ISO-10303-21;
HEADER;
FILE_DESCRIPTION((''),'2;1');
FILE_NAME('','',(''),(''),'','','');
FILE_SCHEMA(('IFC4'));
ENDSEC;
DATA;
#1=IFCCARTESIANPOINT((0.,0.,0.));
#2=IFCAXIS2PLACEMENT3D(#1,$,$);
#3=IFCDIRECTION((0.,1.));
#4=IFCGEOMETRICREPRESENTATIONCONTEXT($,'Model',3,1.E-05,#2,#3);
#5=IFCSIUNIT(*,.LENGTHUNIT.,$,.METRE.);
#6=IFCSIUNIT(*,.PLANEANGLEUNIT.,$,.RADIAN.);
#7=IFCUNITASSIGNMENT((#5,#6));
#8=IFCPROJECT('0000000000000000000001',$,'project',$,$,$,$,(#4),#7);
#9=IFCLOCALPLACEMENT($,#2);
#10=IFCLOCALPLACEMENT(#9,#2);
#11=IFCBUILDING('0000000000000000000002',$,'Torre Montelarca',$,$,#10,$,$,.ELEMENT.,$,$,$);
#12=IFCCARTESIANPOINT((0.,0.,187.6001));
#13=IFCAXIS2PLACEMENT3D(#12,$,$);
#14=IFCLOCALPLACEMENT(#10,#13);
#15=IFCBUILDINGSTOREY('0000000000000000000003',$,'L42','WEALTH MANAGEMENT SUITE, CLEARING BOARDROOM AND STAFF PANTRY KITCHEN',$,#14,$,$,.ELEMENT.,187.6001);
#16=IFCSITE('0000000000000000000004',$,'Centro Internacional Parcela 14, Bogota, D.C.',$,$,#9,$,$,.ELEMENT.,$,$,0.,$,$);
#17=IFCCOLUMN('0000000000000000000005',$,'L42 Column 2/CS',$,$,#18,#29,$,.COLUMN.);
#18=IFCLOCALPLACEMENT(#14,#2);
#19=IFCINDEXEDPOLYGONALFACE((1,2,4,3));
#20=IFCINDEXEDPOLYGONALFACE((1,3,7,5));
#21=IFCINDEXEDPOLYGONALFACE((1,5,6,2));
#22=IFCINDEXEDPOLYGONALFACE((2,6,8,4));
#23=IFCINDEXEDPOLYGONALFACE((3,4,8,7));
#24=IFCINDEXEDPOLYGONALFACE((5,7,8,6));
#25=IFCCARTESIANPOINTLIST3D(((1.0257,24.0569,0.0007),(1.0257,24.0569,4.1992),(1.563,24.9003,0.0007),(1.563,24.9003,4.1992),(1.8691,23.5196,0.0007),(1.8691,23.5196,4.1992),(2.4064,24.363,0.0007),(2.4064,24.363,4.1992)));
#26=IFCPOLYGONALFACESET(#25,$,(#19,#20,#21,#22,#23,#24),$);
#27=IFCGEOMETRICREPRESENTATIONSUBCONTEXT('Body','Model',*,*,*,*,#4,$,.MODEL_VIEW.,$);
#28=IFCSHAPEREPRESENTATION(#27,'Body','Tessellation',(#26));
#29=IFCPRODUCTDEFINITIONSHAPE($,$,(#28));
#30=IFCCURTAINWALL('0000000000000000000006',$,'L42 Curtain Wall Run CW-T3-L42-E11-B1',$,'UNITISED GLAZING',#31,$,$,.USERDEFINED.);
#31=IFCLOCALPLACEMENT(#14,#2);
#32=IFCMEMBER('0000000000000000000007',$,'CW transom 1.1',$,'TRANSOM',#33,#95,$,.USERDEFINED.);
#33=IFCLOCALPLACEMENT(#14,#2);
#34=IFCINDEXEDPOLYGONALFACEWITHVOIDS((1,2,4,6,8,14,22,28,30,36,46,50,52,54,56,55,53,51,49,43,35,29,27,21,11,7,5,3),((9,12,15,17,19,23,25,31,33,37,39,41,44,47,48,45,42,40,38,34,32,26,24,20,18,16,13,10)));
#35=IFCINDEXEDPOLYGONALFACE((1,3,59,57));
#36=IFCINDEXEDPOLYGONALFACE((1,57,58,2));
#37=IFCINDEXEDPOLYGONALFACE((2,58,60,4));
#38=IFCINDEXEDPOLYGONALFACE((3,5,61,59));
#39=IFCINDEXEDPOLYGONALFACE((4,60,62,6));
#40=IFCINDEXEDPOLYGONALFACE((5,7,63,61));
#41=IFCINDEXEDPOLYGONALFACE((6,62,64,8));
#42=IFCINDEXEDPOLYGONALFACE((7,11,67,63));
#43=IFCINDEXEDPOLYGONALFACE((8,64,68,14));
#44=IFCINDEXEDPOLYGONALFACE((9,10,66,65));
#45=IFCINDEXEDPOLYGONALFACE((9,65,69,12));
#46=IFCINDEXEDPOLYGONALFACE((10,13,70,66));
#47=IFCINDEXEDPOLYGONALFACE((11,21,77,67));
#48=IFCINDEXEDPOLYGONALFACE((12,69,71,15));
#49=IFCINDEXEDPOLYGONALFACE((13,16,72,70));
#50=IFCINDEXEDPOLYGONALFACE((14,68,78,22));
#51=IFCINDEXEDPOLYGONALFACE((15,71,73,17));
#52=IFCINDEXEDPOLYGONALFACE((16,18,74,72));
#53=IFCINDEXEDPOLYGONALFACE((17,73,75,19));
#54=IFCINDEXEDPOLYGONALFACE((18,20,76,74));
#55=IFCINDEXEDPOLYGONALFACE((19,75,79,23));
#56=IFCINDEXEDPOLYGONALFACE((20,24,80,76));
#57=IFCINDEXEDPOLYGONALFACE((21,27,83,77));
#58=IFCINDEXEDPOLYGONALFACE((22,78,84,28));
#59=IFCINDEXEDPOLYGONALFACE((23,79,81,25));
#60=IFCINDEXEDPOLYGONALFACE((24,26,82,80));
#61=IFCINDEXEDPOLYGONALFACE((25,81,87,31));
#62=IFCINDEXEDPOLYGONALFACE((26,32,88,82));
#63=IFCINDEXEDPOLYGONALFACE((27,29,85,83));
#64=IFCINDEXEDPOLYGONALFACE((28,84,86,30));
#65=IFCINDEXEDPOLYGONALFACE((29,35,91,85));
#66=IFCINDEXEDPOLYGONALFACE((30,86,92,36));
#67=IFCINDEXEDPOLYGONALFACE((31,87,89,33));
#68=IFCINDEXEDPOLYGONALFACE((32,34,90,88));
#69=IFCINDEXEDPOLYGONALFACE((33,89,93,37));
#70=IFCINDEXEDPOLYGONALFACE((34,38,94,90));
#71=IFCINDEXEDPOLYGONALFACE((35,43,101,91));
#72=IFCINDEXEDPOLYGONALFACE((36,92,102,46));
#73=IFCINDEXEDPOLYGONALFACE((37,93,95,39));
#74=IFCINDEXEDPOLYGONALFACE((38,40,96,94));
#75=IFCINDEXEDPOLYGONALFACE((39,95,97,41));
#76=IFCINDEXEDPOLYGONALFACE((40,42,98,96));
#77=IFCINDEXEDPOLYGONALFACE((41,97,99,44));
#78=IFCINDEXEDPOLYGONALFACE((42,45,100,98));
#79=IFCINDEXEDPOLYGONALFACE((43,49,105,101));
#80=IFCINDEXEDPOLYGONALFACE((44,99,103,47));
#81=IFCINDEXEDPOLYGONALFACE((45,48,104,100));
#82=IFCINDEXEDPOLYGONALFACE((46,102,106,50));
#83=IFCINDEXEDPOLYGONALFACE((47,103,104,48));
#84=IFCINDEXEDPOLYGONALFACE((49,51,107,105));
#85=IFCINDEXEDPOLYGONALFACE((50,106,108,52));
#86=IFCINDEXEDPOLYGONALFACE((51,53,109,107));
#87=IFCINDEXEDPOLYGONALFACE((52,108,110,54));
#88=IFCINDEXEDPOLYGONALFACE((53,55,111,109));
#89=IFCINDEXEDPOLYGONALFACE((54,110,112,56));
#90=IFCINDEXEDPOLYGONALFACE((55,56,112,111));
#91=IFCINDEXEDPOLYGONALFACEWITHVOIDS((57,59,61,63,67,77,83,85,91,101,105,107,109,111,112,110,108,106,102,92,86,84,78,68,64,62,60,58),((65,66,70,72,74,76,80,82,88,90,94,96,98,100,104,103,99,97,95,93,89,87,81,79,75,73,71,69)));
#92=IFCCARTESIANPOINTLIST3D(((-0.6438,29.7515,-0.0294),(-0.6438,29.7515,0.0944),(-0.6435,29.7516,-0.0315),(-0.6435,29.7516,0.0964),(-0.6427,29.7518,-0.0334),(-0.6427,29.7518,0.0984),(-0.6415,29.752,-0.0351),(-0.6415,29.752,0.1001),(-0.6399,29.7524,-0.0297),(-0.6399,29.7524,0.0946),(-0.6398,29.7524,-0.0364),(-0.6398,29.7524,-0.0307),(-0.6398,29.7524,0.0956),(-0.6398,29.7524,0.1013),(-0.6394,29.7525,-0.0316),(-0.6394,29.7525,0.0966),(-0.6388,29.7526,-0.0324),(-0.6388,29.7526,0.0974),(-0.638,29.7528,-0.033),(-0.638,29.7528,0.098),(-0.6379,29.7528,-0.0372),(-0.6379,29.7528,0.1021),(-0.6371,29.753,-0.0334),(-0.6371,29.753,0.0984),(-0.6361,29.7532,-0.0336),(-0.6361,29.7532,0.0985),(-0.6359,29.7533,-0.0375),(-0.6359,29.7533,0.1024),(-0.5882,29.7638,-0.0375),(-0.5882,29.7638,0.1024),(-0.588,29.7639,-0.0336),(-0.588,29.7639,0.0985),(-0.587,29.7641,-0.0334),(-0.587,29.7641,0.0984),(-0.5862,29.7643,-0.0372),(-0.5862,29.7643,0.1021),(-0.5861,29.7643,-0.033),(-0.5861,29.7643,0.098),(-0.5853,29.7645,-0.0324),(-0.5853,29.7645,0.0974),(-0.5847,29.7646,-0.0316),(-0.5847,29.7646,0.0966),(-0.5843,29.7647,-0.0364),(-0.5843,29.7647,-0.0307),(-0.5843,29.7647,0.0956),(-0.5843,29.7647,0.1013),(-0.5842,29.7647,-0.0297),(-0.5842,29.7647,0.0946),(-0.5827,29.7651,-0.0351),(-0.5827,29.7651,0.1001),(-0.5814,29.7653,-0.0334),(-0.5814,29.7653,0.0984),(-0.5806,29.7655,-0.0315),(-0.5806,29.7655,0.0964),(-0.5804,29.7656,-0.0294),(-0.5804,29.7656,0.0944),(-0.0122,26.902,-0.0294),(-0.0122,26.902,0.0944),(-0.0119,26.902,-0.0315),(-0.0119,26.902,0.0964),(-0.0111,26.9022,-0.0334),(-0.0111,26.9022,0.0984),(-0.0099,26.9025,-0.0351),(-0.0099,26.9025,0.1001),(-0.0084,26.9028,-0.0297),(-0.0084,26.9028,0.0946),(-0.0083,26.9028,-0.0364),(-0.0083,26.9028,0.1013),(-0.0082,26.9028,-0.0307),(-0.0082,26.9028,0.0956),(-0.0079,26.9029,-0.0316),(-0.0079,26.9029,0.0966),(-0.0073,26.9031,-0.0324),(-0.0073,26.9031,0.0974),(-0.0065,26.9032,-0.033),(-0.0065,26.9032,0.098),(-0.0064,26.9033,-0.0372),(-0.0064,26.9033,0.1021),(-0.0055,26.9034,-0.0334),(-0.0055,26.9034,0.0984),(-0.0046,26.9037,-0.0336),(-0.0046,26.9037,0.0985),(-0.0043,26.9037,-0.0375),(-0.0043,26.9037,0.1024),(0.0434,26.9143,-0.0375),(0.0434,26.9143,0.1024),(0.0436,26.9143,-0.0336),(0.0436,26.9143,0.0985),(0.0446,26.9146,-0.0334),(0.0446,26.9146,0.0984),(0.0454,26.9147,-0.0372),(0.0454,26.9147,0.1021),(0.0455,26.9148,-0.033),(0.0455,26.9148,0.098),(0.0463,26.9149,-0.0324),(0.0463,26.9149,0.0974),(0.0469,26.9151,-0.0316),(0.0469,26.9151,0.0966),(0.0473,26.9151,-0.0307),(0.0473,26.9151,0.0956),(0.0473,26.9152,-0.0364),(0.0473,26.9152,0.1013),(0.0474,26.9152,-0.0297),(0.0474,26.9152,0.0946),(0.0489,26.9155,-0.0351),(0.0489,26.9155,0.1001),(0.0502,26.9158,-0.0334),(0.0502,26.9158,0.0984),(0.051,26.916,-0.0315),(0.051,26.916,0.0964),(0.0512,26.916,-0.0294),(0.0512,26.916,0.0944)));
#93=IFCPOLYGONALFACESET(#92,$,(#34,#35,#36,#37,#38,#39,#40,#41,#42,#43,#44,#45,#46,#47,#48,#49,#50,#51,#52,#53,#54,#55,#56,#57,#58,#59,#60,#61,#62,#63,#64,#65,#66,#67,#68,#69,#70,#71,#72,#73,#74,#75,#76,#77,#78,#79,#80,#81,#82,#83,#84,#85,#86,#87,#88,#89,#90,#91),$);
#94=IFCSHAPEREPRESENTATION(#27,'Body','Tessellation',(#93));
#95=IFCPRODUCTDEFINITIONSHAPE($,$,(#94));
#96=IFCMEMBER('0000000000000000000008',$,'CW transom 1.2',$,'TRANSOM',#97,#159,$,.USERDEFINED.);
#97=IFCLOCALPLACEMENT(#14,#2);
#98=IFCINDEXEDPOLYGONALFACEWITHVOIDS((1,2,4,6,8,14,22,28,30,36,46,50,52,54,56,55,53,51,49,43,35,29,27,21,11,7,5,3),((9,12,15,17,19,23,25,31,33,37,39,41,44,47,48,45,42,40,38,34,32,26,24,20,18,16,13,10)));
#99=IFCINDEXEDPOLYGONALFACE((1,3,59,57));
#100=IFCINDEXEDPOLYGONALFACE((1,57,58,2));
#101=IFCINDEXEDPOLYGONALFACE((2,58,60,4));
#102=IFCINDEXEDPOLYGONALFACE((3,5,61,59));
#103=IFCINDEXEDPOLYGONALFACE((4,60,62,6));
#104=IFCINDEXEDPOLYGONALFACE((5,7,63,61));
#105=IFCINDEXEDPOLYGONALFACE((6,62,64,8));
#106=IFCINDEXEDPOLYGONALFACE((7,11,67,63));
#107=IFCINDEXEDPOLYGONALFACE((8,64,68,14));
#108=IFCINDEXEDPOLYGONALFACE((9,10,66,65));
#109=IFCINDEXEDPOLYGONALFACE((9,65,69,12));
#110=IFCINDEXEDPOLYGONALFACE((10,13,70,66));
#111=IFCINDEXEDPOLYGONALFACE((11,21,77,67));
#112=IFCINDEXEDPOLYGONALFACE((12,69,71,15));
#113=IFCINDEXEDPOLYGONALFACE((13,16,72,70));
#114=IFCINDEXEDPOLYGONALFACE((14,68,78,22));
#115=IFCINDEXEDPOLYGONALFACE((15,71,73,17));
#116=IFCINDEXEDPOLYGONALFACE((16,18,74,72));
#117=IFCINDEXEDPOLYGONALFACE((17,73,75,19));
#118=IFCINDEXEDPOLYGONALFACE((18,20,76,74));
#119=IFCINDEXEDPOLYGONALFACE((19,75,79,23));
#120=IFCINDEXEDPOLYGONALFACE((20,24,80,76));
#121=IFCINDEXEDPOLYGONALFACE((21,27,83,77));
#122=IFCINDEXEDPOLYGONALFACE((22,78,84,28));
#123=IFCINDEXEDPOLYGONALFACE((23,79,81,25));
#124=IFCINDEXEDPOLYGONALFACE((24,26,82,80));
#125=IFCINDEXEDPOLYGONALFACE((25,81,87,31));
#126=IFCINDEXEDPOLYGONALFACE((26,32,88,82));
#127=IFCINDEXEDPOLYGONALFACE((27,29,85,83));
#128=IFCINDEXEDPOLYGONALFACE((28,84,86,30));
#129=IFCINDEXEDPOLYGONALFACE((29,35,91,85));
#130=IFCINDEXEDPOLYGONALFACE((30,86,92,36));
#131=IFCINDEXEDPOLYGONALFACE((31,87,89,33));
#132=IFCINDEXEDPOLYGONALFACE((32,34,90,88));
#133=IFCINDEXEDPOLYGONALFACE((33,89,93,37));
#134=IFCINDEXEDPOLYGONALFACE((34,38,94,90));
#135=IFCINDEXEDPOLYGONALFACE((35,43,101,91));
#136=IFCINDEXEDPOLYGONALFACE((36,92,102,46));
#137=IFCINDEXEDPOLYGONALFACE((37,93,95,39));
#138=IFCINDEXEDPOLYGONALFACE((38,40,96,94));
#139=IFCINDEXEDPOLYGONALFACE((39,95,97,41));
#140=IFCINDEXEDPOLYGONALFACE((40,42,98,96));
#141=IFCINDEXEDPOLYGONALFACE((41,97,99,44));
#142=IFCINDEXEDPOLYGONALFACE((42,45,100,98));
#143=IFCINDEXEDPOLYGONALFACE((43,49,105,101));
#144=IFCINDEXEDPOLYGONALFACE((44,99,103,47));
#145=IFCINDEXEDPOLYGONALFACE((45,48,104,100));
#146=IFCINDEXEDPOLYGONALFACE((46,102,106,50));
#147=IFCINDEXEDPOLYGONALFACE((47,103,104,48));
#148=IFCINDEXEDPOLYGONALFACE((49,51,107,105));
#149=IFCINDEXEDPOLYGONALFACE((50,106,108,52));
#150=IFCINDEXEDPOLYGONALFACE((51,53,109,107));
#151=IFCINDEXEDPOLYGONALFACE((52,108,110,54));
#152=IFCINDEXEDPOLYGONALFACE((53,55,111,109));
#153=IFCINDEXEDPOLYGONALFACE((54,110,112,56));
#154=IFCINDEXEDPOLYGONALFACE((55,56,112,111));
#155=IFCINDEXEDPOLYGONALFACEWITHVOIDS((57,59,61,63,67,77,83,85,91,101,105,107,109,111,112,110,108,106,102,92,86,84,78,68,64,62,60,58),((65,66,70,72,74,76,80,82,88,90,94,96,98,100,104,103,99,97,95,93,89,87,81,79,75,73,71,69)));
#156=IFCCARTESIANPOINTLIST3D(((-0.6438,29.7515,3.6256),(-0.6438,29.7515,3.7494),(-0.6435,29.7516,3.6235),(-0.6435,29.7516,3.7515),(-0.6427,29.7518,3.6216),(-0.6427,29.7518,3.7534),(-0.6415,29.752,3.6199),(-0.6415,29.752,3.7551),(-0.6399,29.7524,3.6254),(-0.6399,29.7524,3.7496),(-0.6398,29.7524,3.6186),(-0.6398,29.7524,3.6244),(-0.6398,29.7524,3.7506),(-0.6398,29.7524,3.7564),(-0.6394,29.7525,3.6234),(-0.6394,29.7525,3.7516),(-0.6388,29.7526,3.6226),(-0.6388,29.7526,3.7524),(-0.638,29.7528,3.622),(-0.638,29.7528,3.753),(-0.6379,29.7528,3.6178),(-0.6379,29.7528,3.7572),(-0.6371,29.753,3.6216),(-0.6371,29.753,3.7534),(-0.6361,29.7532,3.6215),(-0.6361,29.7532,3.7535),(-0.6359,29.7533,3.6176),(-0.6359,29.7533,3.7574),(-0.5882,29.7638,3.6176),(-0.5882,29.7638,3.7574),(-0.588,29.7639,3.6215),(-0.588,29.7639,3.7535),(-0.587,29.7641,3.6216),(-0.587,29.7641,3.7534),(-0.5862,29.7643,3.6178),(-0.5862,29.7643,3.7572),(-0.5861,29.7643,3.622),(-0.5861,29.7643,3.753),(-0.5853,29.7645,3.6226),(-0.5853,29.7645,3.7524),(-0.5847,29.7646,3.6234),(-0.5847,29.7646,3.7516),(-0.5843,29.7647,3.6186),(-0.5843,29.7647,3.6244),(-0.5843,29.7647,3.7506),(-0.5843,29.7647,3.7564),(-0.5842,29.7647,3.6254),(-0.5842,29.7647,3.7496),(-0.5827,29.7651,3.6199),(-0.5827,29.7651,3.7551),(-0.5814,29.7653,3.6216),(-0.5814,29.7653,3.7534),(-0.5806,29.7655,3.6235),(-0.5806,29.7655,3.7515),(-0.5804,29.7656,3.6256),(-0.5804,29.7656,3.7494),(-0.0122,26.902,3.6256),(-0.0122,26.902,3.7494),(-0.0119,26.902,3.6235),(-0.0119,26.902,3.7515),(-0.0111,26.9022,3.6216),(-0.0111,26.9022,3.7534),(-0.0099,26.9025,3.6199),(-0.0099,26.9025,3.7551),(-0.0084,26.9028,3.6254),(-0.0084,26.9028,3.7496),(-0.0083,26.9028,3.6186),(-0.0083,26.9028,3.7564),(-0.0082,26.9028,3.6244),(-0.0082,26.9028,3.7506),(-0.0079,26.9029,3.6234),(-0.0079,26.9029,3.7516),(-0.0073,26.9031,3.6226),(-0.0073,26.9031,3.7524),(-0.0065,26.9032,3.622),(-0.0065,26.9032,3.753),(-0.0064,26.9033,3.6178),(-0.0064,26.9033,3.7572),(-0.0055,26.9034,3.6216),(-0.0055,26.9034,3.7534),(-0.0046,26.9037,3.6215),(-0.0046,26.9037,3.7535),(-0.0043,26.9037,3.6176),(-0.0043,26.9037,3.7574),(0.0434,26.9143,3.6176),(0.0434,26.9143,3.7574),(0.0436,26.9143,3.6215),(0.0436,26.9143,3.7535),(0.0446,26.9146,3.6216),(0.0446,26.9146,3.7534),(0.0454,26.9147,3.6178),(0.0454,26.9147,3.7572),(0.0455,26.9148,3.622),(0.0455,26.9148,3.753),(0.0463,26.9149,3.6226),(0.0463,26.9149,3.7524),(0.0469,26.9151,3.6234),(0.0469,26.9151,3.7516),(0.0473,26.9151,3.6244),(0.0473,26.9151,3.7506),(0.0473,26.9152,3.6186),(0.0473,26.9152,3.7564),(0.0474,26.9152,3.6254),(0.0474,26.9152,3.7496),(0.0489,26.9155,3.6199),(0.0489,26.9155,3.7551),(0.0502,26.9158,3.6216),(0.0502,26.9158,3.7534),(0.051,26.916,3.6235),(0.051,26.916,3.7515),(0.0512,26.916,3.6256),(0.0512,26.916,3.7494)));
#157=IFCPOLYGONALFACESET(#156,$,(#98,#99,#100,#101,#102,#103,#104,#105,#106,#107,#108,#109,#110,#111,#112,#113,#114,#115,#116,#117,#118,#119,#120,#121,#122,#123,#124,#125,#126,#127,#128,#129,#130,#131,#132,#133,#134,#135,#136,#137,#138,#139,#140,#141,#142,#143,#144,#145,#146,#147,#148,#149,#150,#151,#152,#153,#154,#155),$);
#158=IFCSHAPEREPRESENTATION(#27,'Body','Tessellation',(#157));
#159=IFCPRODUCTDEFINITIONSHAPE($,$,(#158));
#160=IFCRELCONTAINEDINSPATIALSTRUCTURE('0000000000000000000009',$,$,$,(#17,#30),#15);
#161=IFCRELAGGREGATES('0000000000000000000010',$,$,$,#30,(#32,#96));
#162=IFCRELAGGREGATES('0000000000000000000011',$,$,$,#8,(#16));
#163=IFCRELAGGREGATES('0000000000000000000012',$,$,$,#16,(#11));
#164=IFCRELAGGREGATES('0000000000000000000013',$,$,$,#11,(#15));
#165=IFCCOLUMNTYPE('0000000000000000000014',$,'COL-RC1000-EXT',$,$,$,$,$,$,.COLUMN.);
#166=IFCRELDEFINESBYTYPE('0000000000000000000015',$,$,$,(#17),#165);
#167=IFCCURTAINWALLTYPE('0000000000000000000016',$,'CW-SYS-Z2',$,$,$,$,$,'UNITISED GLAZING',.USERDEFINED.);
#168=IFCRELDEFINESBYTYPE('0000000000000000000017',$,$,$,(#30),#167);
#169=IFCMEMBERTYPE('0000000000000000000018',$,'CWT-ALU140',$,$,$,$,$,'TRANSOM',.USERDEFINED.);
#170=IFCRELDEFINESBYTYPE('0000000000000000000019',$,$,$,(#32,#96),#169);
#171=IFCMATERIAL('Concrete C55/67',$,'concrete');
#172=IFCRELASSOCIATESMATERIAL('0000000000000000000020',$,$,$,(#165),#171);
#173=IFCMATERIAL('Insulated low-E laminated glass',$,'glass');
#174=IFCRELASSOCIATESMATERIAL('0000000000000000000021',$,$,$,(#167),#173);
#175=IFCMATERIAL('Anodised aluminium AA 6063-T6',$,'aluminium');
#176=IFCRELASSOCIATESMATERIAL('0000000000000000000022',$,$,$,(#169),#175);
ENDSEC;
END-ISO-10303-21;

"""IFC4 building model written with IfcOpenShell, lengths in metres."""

from ifc_helpers import new_model, si_unit, direction, frame, origin, origin_2d, place, context, subcontext, project, spatial, rectangle, hollow_rectangle, extrude, source, transform, mapped, material, material_profile, profile_set, type_object, element, aggregate, save


model = new_model("IFC4")

# Units and contexts
model_context = context("Model", 3, precision=1e-05, world=origin(), true_north=direction((0.0, 1.0)))
body_context = subcontext(model_context, "Body", "Model", "MODEL_VIEW")
ifc_project = project(units=[si_unit("LENGTHUNIT", "METRE"), si_unit("PLANEANGLEUNIT", "RADIAN")], contexts=[model_context])

# Site, building, storey
site_placement = place(None, origin())
site = spatial("IfcSite", under=ifc_project, at=site_placement, Name="Centro Internacional Parcela 14, Bogota, D.C.", CompositionType="ELEMENT", RefElevation=0.0)
building_placement = place(site_placement, origin())
building = spatial("IfcBuilding", under=site, at=building_placement, Name="Torre Montelarca", CompositionType="ELEMENT")
storey_placement = place(building_placement, frame((0.0, 0.0, 187.6001)))
storey = spatial("IfcBuildingStorey", under=building, at=storey_placement, Name="L42", Description="WEALTH MANAGEMENT SUITE, CLEARING BOARDROOM AND STAFF PANTRY KITCHEN", CompositionType="ELEMENT", Elevation=187.6001)

# Column
ifc_material_1 = material(Name="Concrete C55/67", Category="concrete")
ifc_material_profile_1 = material_profile(ifc_material_1, rectangle(XDim=1.0, YDim=1.0, at=origin_2d()), Name="RC1000X1000", Category="concrete")
ifc_profile_set_1 = profile_set([ifc_material_profile_1], Name="Concrete C55/67")
column_type = type_object("IfcColumnType", Name="COL-RC1000-EXT", PredefinedType="COLUMN", material=ifc_profile_set_1)
shared_shape_1 = source(origin(), body_context, "Body", "SweptSolid", [
    extrude(rectangle(XDim=1.0, YDim=1.0, at=origin_2d()), origin(), (0.0, 0.0, 1.0), 4.1985),
])
column_placement = place(storey_placement, frame((1.7161, 24.21, 0.0007), z_axis=(0.0, 0.0, 1.0), x_axis=(-0.843391, 0.5373, 0.0)))
element("IfcColumn", 1, at=column_placement, inside=storey, type_object=column_type, Name="L42 Column 2/CS", PredefinedType="COLUMN", context=body_context, shape_type="MappedRepresentation", body=[
    mapped(shared_shape_1, transform((0.0, 0.0, 0.0), scale=1.0)),
])

# Curtain wall, members
ifc_material_2 = material(Name="Insulated low-E laminated glass", Category="glass")
curtain_wall_type = type_object("IfcCurtainWallType", Name="CW-SYS-Z2", ElementType="UNITISED GLAZING", PredefinedType="USERDEFINED", material=ifc_material_2)
curtain_wall_placement = place(storey_placement, origin())
curtain_wall = element("IfcCurtainWall", 2, at=curtain_wall_placement, inside=storey, type_object=curtain_wall_type, Name="L42 Curtain Wall Run CW-T3-L42-E11-B1", ObjectType="UNITISED GLAZING", PredefinedType="USERDEFINED")
ifc_material_3 = material(Name="Anodised aluminium AA 6063-T6", Category="aluminium")
ifc_material_profile_2 = material_profile(ifc_material_3, hollow_rectangle(XDim=0.0649, YDim=0.1399, WallThickness=0.0039, InnerFilletRadius=0.0039, OuterFilletRadius=0.0081, at=origin_2d()), Name="ALU65X140X4", Category="aluminium")
ifc_profile_set_2 = profile_set([ifc_material_profile_2], Name="Anodised aluminium AA 6063-T6")
member_type_1 = type_object("IfcMemberType", Name="CWT-ALU140", ElementType="TRANSOM", PredefinedType="USERDEFINED", material=ifc_profile_set_2)
shared_shape_2 = source(origin(), body_context, "Body", "SweptSolid", [
    extrude(hollow_rectangle(XDim=0.0649, YDim=0.1399, WallThickness=0.0039, InnerFilletRadius=0.0039, OuterFilletRadius=0.0081, at=origin_2d()), origin(), (0.0, 0.0, 1.0), 2.9187),
])
member_1_placement = place(storey_placement, frame((-0.6121, 29.7585, 0.0325), z_axis=(0.21639, -0.976307, 0.0), x_axis=(0.976307, 0.21639, 0.0)))
member_1 = element("IfcMember", 3, at=member_1_placement, type_object=member_type_1, Name="CW transom 1.1", ObjectType="TRANSOM", PredefinedType="USERDEFINED", context=body_context, shape_type="MappedRepresentation", body=[
    mapped(shared_shape_2, transform((0.0, 0.0, 0.0), scale=1.0)),
])
member_2_placement = place(storey_placement, frame((-0.6121, 29.7585, 3.6875), z_axis=(0.21639, -0.976307, 0.0), x_axis=(0.976307, 0.21639, 0.0)))
member_2 = element("IfcMember", 4, at=member_2_placement, type_object=member_type_1, Name="CW transom 1.2", ObjectType="TRANSOM", PredefinedType="USERDEFINED", context=body_context, shape_type="MappedRepresentation", body=[
    mapped(shared_shape_2, transform((0.0, 0.0, 0.0), scale=1.0)),
])
aggregate(curtain_wall, [member_1, member_2])

save(model, "model.ifc")
